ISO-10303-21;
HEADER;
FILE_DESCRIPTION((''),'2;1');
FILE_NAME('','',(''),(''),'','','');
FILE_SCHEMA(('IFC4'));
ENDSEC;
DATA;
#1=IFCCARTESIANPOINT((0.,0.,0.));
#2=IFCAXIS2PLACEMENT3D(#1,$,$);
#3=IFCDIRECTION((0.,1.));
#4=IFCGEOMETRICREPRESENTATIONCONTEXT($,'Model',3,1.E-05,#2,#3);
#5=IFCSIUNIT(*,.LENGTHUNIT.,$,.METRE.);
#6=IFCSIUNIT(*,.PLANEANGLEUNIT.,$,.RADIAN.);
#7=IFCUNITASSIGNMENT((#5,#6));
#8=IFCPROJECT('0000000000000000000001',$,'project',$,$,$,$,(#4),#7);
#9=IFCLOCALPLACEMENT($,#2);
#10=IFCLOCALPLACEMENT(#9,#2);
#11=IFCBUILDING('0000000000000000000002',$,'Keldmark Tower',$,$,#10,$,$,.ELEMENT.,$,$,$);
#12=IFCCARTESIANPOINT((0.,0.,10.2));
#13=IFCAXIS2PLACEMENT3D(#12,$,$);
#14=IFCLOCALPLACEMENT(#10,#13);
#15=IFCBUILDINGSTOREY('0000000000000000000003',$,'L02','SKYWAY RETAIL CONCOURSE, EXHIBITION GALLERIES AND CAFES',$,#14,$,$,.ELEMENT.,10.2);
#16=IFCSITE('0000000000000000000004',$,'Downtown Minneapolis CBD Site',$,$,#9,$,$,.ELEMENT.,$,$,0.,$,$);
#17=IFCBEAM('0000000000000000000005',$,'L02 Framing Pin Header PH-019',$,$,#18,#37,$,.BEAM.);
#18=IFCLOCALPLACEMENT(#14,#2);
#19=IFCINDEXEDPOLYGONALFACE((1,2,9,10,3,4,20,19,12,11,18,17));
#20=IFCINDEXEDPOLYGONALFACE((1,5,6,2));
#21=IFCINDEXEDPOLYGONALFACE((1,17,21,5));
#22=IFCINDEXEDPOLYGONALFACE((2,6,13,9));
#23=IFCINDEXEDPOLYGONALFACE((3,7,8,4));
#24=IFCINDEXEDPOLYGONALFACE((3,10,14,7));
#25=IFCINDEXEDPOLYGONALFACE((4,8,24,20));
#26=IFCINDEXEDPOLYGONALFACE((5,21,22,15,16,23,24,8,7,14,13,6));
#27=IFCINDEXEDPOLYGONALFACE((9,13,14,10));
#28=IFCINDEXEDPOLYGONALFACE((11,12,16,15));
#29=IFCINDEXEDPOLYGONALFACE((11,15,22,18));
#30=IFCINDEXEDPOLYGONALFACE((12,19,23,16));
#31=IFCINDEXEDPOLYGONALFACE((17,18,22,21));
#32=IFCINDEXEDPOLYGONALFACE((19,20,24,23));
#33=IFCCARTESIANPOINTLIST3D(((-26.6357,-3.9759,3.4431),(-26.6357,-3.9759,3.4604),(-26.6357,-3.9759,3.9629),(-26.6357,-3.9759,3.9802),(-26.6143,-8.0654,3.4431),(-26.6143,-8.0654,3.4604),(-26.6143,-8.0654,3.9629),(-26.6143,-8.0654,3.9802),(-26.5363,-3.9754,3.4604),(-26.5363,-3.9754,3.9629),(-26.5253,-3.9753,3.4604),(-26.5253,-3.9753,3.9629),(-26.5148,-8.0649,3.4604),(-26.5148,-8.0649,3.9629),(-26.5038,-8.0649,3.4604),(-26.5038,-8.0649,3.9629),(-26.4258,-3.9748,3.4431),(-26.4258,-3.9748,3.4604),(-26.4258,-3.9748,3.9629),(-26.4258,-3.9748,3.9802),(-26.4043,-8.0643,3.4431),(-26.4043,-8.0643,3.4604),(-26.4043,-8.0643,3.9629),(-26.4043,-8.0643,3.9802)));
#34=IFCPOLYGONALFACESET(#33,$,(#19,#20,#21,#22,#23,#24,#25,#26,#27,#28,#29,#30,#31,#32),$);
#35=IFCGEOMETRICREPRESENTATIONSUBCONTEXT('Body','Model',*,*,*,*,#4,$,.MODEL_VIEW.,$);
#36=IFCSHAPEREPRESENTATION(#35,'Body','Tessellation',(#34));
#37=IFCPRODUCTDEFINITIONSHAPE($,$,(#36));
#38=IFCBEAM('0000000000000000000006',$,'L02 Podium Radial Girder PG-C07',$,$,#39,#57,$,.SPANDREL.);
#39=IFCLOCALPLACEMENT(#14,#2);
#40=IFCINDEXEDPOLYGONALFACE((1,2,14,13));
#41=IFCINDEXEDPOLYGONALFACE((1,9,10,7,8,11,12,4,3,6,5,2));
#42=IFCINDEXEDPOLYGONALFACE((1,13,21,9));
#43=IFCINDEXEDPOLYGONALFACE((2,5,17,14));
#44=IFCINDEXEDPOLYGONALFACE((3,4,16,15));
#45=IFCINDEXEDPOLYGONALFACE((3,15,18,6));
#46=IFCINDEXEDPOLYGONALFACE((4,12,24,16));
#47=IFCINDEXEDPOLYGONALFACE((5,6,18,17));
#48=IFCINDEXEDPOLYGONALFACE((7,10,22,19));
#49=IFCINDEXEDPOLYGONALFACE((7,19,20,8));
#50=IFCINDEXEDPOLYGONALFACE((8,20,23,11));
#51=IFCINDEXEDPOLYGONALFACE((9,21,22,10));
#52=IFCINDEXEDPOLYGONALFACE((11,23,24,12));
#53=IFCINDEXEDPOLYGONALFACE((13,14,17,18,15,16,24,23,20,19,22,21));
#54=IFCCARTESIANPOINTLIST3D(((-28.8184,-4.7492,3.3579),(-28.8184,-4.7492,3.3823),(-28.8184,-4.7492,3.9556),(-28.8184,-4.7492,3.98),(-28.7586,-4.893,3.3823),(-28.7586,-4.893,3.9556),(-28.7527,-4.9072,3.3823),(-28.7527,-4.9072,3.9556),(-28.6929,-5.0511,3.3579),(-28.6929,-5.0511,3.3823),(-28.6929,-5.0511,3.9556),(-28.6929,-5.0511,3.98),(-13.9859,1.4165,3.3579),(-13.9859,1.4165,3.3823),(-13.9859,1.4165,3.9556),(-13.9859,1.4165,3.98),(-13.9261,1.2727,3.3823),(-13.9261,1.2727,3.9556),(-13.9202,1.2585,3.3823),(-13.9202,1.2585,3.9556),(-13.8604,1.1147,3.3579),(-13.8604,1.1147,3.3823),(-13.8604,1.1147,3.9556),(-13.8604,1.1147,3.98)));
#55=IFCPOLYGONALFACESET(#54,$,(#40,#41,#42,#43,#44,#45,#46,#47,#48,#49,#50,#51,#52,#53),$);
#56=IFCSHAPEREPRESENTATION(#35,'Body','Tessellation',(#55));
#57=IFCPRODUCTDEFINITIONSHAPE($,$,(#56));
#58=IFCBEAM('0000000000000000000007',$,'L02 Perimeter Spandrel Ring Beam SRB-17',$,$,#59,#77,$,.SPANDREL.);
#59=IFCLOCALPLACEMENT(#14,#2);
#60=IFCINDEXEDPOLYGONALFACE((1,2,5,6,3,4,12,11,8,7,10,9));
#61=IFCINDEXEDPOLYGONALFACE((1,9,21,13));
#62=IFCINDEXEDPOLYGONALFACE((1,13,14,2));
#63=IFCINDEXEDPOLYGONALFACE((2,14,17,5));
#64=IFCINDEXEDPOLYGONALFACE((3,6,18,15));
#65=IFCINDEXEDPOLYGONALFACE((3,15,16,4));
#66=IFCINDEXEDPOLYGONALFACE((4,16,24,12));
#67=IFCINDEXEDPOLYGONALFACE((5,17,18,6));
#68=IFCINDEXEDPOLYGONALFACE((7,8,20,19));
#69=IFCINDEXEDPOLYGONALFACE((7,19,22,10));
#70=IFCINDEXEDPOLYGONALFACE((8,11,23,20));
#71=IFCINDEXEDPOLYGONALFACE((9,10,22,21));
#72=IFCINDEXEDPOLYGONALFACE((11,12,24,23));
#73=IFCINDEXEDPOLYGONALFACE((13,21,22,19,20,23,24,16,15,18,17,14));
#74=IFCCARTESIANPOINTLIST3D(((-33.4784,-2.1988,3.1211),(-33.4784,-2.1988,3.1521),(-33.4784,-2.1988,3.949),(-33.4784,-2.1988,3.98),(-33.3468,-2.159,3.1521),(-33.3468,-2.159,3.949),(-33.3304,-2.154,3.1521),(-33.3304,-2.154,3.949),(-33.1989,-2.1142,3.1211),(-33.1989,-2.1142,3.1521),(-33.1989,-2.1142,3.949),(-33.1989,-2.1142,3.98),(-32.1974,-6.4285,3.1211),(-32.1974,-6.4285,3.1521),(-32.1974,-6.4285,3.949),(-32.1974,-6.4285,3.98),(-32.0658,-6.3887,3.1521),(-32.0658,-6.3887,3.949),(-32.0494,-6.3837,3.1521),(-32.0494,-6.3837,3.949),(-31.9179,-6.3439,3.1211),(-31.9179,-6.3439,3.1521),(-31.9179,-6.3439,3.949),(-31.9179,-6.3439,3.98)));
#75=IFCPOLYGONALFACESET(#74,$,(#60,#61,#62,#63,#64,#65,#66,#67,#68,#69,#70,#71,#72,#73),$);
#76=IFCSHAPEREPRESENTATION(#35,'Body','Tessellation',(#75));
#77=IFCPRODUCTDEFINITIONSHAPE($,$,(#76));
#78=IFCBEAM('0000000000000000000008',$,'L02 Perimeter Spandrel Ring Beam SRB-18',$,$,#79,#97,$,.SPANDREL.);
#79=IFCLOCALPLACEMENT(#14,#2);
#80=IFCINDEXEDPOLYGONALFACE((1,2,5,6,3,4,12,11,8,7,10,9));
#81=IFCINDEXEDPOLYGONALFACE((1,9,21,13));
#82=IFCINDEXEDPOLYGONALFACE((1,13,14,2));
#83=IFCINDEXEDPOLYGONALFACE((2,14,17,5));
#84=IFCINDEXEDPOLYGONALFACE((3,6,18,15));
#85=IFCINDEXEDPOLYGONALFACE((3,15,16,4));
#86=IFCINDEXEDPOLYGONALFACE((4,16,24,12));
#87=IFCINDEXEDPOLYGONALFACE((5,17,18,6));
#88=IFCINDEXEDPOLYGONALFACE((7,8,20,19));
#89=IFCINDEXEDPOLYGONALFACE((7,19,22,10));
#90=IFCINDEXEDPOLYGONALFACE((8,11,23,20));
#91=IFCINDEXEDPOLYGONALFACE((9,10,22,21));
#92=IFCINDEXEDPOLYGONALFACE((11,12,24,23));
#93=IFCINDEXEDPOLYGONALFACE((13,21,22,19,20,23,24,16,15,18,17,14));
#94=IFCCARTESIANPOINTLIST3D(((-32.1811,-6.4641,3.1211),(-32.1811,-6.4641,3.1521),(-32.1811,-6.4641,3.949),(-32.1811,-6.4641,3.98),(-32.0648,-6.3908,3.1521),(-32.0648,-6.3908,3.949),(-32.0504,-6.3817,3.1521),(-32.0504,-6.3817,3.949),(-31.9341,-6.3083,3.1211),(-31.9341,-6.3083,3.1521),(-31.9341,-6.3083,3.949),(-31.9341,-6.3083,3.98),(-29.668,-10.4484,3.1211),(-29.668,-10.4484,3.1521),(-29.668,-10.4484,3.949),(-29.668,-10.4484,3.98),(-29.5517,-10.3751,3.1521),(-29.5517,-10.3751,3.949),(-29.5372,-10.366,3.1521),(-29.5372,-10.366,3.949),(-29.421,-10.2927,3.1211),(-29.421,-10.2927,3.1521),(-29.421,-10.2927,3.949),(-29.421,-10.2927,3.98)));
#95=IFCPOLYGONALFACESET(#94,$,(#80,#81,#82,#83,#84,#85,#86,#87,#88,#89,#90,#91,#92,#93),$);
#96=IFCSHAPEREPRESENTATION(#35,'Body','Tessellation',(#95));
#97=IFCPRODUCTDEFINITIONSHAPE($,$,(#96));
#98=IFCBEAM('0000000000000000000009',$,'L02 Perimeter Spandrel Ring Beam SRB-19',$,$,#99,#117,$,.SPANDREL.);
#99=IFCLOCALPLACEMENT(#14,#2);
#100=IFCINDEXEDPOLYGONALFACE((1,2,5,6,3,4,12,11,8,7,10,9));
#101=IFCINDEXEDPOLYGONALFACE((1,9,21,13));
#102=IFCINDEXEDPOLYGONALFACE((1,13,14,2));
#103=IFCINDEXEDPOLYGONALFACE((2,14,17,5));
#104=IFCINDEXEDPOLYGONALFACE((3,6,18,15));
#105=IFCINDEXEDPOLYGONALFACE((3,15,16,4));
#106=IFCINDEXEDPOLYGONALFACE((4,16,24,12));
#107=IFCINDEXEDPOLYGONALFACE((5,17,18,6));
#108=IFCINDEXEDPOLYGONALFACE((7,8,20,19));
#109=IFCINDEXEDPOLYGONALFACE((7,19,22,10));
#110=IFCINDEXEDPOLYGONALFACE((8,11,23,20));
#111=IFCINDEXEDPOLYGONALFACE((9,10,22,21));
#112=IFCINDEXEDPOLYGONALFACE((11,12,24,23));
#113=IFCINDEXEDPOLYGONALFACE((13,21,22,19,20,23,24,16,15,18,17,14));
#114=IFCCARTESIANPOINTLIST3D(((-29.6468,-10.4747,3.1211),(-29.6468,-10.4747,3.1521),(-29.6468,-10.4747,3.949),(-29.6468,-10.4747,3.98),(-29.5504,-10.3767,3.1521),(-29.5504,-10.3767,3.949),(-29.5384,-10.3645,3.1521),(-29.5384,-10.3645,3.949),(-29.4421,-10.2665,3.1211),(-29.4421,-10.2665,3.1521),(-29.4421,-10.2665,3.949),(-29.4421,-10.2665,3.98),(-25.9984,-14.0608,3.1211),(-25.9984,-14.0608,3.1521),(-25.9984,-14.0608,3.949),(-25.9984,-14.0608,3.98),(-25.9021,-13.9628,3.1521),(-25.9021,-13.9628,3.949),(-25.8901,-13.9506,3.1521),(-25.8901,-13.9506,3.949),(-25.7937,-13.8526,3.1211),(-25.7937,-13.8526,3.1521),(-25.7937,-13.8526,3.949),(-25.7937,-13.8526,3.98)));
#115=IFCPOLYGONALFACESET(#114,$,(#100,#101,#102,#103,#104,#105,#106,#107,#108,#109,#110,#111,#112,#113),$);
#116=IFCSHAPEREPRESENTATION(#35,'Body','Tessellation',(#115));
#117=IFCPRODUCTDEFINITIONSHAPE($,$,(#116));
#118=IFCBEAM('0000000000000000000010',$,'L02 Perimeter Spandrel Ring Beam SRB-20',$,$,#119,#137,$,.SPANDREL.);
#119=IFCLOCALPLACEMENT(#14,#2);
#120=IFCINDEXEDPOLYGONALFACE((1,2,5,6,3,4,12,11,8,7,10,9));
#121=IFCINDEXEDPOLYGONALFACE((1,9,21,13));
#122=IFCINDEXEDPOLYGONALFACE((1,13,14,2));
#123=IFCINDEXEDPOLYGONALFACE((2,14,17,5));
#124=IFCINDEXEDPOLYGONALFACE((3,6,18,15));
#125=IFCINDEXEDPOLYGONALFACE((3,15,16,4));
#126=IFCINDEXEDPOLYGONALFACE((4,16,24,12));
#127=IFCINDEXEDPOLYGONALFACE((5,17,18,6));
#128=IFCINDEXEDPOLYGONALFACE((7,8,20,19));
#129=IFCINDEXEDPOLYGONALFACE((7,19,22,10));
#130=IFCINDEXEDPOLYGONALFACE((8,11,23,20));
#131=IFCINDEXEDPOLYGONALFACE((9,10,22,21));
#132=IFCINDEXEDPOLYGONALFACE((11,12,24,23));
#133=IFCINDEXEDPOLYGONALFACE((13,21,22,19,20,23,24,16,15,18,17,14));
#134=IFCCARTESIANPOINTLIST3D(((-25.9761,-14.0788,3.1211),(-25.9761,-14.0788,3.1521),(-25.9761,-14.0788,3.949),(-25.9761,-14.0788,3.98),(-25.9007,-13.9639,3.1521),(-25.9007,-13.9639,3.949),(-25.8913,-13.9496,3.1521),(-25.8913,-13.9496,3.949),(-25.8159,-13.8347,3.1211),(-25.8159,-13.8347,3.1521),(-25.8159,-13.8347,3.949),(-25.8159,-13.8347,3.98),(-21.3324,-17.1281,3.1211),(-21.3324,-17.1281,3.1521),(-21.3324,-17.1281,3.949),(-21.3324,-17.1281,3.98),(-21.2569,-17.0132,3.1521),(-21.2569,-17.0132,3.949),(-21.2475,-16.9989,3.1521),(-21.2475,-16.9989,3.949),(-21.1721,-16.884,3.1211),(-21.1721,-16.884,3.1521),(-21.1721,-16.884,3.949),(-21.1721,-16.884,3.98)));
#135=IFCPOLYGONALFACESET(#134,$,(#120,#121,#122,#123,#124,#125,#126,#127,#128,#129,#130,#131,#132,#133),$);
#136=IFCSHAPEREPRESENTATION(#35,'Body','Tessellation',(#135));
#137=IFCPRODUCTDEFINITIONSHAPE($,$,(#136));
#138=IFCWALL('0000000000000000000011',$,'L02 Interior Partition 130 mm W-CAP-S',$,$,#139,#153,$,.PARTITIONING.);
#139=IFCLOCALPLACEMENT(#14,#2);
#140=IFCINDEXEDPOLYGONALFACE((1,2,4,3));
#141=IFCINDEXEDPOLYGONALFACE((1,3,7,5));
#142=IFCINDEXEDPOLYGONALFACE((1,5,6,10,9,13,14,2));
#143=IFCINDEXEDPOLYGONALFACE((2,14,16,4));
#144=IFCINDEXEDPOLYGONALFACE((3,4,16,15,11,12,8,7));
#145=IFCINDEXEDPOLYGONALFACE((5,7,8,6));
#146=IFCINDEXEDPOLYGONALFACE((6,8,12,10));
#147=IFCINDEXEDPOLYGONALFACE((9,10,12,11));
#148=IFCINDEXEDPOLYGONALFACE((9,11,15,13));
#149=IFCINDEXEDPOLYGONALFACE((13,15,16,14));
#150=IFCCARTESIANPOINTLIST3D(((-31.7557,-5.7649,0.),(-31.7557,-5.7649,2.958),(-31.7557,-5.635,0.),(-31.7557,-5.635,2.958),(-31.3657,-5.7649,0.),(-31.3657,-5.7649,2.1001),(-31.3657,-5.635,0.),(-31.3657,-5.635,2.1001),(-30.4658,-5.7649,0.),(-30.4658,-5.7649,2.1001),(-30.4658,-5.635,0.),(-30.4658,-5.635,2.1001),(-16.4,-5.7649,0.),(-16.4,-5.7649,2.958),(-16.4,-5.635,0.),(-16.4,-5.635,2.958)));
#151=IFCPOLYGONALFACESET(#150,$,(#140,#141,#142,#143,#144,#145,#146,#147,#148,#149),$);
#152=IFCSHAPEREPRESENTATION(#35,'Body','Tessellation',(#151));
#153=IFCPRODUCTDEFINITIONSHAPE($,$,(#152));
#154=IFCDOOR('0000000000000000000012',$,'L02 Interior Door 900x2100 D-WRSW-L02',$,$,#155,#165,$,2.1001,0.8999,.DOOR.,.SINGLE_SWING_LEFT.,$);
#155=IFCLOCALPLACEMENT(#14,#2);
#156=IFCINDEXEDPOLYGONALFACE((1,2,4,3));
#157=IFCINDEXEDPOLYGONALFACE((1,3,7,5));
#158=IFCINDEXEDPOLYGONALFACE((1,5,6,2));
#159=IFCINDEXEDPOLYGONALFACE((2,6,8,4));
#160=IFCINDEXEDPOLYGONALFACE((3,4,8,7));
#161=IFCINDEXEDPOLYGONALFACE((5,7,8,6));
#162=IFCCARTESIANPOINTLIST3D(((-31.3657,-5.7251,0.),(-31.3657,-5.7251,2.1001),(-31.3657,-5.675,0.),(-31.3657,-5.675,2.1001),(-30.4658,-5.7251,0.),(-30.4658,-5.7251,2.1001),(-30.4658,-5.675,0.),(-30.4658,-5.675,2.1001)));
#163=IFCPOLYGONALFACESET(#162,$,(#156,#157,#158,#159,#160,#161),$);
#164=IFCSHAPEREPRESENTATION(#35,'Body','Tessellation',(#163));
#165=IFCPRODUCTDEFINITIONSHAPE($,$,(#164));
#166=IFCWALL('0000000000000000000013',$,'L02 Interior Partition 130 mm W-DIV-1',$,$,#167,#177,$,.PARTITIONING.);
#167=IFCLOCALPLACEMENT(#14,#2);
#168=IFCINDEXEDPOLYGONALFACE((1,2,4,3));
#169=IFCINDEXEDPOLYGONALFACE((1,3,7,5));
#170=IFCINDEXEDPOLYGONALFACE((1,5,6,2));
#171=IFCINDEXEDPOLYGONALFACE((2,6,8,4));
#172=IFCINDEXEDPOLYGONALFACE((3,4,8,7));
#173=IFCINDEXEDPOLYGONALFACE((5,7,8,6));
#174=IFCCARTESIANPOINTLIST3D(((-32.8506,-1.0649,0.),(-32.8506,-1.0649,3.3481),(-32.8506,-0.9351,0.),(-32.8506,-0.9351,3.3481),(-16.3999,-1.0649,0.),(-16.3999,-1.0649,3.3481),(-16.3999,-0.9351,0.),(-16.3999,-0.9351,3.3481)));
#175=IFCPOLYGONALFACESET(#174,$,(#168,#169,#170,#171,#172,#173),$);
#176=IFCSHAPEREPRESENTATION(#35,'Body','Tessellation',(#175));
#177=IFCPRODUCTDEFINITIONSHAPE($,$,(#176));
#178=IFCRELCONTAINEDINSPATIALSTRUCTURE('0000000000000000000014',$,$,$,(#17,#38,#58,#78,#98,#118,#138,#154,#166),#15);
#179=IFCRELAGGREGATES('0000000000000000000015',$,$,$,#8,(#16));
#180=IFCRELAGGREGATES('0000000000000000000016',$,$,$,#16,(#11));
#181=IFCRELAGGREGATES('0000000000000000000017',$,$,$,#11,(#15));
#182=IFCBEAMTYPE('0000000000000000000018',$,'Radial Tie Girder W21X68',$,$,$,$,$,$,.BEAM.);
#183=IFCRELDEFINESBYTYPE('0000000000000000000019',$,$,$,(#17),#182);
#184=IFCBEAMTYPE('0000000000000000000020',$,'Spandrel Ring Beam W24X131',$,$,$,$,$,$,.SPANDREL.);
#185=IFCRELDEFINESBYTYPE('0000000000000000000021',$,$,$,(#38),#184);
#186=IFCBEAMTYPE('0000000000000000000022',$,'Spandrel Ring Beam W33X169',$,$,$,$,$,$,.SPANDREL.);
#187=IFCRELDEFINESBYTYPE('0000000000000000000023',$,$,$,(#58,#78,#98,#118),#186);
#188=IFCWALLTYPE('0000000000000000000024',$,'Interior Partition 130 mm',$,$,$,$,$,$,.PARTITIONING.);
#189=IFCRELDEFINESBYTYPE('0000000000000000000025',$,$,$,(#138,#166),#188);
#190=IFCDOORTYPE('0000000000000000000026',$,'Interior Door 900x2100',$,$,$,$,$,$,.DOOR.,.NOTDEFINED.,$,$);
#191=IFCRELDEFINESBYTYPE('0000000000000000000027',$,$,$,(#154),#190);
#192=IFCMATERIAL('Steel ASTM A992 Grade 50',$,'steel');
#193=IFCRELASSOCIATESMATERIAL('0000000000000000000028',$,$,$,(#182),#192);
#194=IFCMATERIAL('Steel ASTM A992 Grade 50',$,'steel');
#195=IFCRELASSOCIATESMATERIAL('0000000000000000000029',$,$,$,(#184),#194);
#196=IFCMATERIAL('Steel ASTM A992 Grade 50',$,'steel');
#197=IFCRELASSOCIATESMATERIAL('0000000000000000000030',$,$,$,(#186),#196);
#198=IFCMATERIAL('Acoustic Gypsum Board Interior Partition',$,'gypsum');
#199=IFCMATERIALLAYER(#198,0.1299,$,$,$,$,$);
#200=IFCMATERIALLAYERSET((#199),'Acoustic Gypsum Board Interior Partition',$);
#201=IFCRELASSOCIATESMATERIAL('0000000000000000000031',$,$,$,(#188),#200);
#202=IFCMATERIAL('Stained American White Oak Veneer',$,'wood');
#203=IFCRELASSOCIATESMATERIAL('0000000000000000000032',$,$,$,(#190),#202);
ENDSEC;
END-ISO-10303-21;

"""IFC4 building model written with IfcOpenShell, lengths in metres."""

from ifc_helpers import new_model, si_unit, direction, frame, frame_2d, origin, origin_2d, place, context, subcontext, project, spatial, rectangle, i_section, extrude, material, layer, layer_set, material_profile, profile_set, type_object, element, fill, save


model = new_model("IFC4")

# Units and contexts
model_context = context("Model", 3, precision=1e-05, world=origin(), true_north=direction((0.0, 1.0)))
body_context = subcontext(model_context, "Body", "Model", "MODEL_VIEW")
ifc_project = project(units=[si_unit("LENGTHUNIT", "METRE"), si_unit("PLANEANGLEUNIT", "RADIAN")], contexts=[model_context])

# Site, building, storey
site_placement = place(None, origin())
site = spatial("IfcSite", under=ifc_project, at=site_placement, Name="Downtown Minneapolis CBD Site", CompositionType="ELEMENT", RefElevation=0.0)
building_placement = place(site_placement, origin())
building = spatial("IfcBuilding", under=site, at=building_placement, Name="Keldmark Tower", CompositionType="ELEMENT")
storey_placement = place(building_placement, frame((0.0, 0.0, 10.2)))
storey = spatial("IfcBuildingStorey", under=building, at=storey_placement, Name="L02", Description="SKYWAY RETAIL CONCOURSE, EXHIBITION GALLERIES AND CAFES", CompositionType="ELEMENT", Elevation=10.2)

# Beams
ifc_material_1 = material(Name="Steel ASTM A992 Grade 50", Category="steel")
ifc_material_profile_1 = material_profile(ifc_material_1, i_section(OverallWidth=0.21, OverallDepth=0.5371, WebThickness=0.011, FlangeThickness=0.0173, at=origin_2d()), Name="W21X68")
ifc_profile_set_1 = profile_set([ifc_material_profile_1], Name="Steel ASTM A992 Grade 50")
beam_type_1 = type_object("IfcBeamType", Name="Radial Tie Girder W21X68", PredefinedType="BEAM", material=ifc_profile_set_1)
beam_1_placement = place(storey_placement, frame((-26.5308, -3.9753, 3.7117), z_axis=(0.005253, -0.999986, 0.0), x_axis=(0.999986, 0.005253, 0.0)))
element("IfcBeam", 1, at=beam_1_placement, inside=storey, type_object=beam_type_1, Name="L02 Framing Pin Header PH-019", PredefinedType="BEAM", context=body_context, shape_type="SweptSolid", body=[
    extrude(i_section(OverallWidth=0.21, OverallDepth=0.5371, WebThickness=0.011, FlangeThickness=0.0173, at=origin_2d()), origin(), (0.0, 0.0, 1.0), 4.0896),
])
ifc_material_2 = material(Name="Steel ASTM A992 Grade 50", Category="steel")
ifc_material_profile_2 = material_profile(ifc_material_2, i_section(OverallWidth=0.3269, OverallDepth=0.6221, WebThickness=0.0154, FlangeThickness=0.0244, at=origin_2d()), Name="W24X131")
ifc_profile_set_2 = profile_set([ifc_material_profile_2], Name="Steel ASTM A992 Grade 50")
beam_type_2 = type_object("IfcBeamType", Name="Spandrel Ring Beam W24X131", PredefinedType="SPANDREL", material=ifc_profile_set_2)
beam_2_placement = place(storey_placement, frame((-28.7556, -4.9001, 3.6689), z_axis=(0.923396, 0.383849, 0.0), x_axis=(-0.383849, 0.923396, 0.0)))
element("IfcBeam", 2, at=beam_2_placement, inside=storey, type_object=beam_type_2, Name="L02 Podium Radial Girder PG-C07", PredefinedType="SPANDREL", context=body_context, shape_type="SweptSolid", body=[
    extrude(i_section(OverallWidth=0.3269, OverallDepth=0.6221, WebThickness=0.0154, FlangeThickness=0.0244, at=origin_2d()), origin(), (0.0, 0.0, 1.0), 16.063),
])
ifc_material_3 = material(Name="Steel ASTM A992 Grade 50", Category="steel")
ifc_material_profile_3 = material_profile(ifc_material_3, i_section(OverallWidth=0.292, OverallDepth=0.8589, WebThickness=0.0171, FlangeThickness=0.031, at=origin_2d()), Name="W33X169")
ifc_profile_set_3 = profile_set([ifc_material_profile_3], Name="Steel ASTM A992 Grade 50")
beam_type_3 = type_object("IfcBeamType", Name="Spandrel Ring Beam W33X169", PredefinedType="SPANDREL", material=ifc_profile_set_3)
beam_3_placement = place(storey_placement, frame((-33.3386, -2.1565, 3.5505), z_axis=(0.289856, -0.95707, 0.0), x_axis=(0.95707, 0.289856, 0.0)))
element("IfcBeam", 3, at=beam_3_placement, inside=storey, type_object=beam_type_3, Name="L02 Perimeter Spandrel Ring Beam SRB-17", PredefinedType="SPANDREL", context=body_context, shape_type="SweptSolid", body=[
    extrude(i_section(OverallWidth=0.292, OverallDepth=0.8589, WebThickness=0.0171, FlangeThickness=0.031, at=origin_2d()), origin(), (0.0, 0.0, 1.0), 4.4194),
])
beam_4_placement = place(storey_placement, frame((-32.0576, -6.3862, 3.5505), z_axis=(0.533498, -0.845802, 0.0), x_axis=(0.845802, 0.533498, 0.0)))
element("IfcBeam", 4, at=beam_4_placement, inside=storey, type_object=beam_type_3, Name="L02 Perimeter Spandrel Ring Beam SRB-18", PredefinedType="SPANDREL", context=body_context, shape_type="SweptSolid", body=[
    extrude(i_section(OverallWidth=0.292, OverallDepth=0.8589, WebThickness=0.0171, FlangeThickness=0.031, at=origin_2d()), origin(), (0.0, 0.0, 1.0), 4.7107),
])
beam_5_placement = place(storey_placement, frame((-29.5444, -10.3706, 3.5505), z_axis=(0.713165, -0.700996, 0.0), x_axis=(0.700996, 0.713165, 0.0)))
element("IfcBeam", 5, at=beam_5_placement, inside=storey, type_object=beam_type_3, Name="L02 Perimeter Spandrel Ring Beam SRB-19", PredefinedType="SPANDREL", context=body_context, shape_type="SweptSolid", body=[
    extrude(i_section(OverallWidth=0.292, OverallDepth=0.8589, WebThickness=0.0171, FlangeThickness=0.031, at=origin_2d()), origin(), (0.0, 0.0, 1.0), 5.1157),
])
beam_6_placement = place(storey_placement, frame((-25.896, -13.9568, 3.5505), z_axis=(0.835897, -0.548886, 0.0), x_axis=(0.548886, 0.835897, 0.0)))
element("IfcBeam", 6, at=beam_6_placement, inside=storey, type_object=beam_type_3, Name="L02 Perimeter Spandrel Ring Beam SRB-20", PredefinedType="SPANDREL", context=body_context, shape_type="SweptSolid", body=[
    extrude(i_section(OverallWidth=0.292, OverallDepth=0.8589, WebThickness=0.0171, FlangeThickness=0.031, at=origin_2d()), origin(), (0.0, 0.0, 1.0), 5.5554),
])

# Wall, opening, door
ifc_material_4 = material(Name="Acoustic Gypsum Board Interior Partition", Category="gypsum")
ifc_layer_1 = layer(ifc_material_4, 0.1299)
ifc_layer_set_1 = layer_set([ifc_layer_1], Name="Acoustic Gypsum Board Interior Partition")
wall_type_1 = type_object("IfcWallType", Name="Interior Partition 130 mm", PredefinedType="PARTITIONING", material=ifc_layer_set_1)
wall_1_placement = place(storey_placement, frame((-31.7556, -5.7, 0.0), z_axis=(0.0, 0.0, 1.0), x_axis=(1.0, 0.0, 0.0)))
wall_1 = element("IfcWall", 7, at=wall_1_placement, inside=storey, type_object=wall_type_1, Name="L02 Interior Partition 130 mm W-CAP-S", PredefinedType="PARTITIONING", context=body_context, shape_type="SweptSolid", body=[
    extrude(rectangle(XDim=15.3557, YDim=0.1299, at=frame_2d((7.6777, 0.0))), origin(), (0.0, 0.0, 1.0), 2.958),
])
opening_1_placement = place(wall_1_placement, frame((0.3899, 0.0, 0.0)))
opening_1 = element("IfcOpeningElement", 8, at=opening_1_placement, cuts=wall_1, PredefinedType="OPENING", context=body_context, shape_type="SweptSolid", body=[
    extrude(rectangle(XDim=0.8999, YDim=2.1001, at=frame_2d((0.45, 1.05))), frame((0.0, 0.075, 0.0), z_axis=(0.0, -1.0, 0.0), x_axis=(1.0, 0.0, 0.0)), (0.0, 0.0, 1.0), 0.1499),
])
ifc_material_5 = material(Name="Stained American White Oak Veneer", Category="wood")
door_type = type_object("IfcDoorType", Name="Interior Door 900x2100", OperationType="NOTDEFINED", PredefinedType="DOOR", material=ifc_material_5)
door_placement = place(opening_1_placement, origin())
door = element("IfcDoor", 9, at=door_placement, inside=storey, type_object=door_type, Name="L02 Interior Door 900x2100 D-WRSW-L02", OperationType="SINGLE_SWING_LEFT", OverallHeight=2.1001, OverallWidth=0.8999, PredefinedType="DOOR", context=body_context, shape_type="SweptSolid", body=[
    extrude(rectangle(XDim=0.8999, YDim=2.1001, at=frame_2d((0.45, 1.05))), frame((0.0, 0.0249, 0.0), z_axis=(0.0, -1.0, 0.0), x_axis=(1.0, 0.0, 0.0)), (0.0, 0.0, 1.0), 0.05),
])
fill(opening_1, door)

# Wall
wall_2_placement = place(storey_placement, frame((-32.8506, -1.0, 0.0), z_axis=(0.0, 0.0, 1.0), x_axis=(1.0, 0.0, 0.0)))
element("IfcWall", 10, at=wall_2_placement, inside=storey, type_object=wall_type_1, Name="L02 Interior Partition 130 mm W-DIV-1", PredefinedType="PARTITIONING", context=body_context, shape_type="SweptSolid", body=[
    extrude(rectangle(XDim=16.4507, YDim=0.1299, at=frame_2d((8.2253, 0.0))), origin(), (0.0, 0.0, 1.0), 3.3481),
])

save(model, "model.ifc")
